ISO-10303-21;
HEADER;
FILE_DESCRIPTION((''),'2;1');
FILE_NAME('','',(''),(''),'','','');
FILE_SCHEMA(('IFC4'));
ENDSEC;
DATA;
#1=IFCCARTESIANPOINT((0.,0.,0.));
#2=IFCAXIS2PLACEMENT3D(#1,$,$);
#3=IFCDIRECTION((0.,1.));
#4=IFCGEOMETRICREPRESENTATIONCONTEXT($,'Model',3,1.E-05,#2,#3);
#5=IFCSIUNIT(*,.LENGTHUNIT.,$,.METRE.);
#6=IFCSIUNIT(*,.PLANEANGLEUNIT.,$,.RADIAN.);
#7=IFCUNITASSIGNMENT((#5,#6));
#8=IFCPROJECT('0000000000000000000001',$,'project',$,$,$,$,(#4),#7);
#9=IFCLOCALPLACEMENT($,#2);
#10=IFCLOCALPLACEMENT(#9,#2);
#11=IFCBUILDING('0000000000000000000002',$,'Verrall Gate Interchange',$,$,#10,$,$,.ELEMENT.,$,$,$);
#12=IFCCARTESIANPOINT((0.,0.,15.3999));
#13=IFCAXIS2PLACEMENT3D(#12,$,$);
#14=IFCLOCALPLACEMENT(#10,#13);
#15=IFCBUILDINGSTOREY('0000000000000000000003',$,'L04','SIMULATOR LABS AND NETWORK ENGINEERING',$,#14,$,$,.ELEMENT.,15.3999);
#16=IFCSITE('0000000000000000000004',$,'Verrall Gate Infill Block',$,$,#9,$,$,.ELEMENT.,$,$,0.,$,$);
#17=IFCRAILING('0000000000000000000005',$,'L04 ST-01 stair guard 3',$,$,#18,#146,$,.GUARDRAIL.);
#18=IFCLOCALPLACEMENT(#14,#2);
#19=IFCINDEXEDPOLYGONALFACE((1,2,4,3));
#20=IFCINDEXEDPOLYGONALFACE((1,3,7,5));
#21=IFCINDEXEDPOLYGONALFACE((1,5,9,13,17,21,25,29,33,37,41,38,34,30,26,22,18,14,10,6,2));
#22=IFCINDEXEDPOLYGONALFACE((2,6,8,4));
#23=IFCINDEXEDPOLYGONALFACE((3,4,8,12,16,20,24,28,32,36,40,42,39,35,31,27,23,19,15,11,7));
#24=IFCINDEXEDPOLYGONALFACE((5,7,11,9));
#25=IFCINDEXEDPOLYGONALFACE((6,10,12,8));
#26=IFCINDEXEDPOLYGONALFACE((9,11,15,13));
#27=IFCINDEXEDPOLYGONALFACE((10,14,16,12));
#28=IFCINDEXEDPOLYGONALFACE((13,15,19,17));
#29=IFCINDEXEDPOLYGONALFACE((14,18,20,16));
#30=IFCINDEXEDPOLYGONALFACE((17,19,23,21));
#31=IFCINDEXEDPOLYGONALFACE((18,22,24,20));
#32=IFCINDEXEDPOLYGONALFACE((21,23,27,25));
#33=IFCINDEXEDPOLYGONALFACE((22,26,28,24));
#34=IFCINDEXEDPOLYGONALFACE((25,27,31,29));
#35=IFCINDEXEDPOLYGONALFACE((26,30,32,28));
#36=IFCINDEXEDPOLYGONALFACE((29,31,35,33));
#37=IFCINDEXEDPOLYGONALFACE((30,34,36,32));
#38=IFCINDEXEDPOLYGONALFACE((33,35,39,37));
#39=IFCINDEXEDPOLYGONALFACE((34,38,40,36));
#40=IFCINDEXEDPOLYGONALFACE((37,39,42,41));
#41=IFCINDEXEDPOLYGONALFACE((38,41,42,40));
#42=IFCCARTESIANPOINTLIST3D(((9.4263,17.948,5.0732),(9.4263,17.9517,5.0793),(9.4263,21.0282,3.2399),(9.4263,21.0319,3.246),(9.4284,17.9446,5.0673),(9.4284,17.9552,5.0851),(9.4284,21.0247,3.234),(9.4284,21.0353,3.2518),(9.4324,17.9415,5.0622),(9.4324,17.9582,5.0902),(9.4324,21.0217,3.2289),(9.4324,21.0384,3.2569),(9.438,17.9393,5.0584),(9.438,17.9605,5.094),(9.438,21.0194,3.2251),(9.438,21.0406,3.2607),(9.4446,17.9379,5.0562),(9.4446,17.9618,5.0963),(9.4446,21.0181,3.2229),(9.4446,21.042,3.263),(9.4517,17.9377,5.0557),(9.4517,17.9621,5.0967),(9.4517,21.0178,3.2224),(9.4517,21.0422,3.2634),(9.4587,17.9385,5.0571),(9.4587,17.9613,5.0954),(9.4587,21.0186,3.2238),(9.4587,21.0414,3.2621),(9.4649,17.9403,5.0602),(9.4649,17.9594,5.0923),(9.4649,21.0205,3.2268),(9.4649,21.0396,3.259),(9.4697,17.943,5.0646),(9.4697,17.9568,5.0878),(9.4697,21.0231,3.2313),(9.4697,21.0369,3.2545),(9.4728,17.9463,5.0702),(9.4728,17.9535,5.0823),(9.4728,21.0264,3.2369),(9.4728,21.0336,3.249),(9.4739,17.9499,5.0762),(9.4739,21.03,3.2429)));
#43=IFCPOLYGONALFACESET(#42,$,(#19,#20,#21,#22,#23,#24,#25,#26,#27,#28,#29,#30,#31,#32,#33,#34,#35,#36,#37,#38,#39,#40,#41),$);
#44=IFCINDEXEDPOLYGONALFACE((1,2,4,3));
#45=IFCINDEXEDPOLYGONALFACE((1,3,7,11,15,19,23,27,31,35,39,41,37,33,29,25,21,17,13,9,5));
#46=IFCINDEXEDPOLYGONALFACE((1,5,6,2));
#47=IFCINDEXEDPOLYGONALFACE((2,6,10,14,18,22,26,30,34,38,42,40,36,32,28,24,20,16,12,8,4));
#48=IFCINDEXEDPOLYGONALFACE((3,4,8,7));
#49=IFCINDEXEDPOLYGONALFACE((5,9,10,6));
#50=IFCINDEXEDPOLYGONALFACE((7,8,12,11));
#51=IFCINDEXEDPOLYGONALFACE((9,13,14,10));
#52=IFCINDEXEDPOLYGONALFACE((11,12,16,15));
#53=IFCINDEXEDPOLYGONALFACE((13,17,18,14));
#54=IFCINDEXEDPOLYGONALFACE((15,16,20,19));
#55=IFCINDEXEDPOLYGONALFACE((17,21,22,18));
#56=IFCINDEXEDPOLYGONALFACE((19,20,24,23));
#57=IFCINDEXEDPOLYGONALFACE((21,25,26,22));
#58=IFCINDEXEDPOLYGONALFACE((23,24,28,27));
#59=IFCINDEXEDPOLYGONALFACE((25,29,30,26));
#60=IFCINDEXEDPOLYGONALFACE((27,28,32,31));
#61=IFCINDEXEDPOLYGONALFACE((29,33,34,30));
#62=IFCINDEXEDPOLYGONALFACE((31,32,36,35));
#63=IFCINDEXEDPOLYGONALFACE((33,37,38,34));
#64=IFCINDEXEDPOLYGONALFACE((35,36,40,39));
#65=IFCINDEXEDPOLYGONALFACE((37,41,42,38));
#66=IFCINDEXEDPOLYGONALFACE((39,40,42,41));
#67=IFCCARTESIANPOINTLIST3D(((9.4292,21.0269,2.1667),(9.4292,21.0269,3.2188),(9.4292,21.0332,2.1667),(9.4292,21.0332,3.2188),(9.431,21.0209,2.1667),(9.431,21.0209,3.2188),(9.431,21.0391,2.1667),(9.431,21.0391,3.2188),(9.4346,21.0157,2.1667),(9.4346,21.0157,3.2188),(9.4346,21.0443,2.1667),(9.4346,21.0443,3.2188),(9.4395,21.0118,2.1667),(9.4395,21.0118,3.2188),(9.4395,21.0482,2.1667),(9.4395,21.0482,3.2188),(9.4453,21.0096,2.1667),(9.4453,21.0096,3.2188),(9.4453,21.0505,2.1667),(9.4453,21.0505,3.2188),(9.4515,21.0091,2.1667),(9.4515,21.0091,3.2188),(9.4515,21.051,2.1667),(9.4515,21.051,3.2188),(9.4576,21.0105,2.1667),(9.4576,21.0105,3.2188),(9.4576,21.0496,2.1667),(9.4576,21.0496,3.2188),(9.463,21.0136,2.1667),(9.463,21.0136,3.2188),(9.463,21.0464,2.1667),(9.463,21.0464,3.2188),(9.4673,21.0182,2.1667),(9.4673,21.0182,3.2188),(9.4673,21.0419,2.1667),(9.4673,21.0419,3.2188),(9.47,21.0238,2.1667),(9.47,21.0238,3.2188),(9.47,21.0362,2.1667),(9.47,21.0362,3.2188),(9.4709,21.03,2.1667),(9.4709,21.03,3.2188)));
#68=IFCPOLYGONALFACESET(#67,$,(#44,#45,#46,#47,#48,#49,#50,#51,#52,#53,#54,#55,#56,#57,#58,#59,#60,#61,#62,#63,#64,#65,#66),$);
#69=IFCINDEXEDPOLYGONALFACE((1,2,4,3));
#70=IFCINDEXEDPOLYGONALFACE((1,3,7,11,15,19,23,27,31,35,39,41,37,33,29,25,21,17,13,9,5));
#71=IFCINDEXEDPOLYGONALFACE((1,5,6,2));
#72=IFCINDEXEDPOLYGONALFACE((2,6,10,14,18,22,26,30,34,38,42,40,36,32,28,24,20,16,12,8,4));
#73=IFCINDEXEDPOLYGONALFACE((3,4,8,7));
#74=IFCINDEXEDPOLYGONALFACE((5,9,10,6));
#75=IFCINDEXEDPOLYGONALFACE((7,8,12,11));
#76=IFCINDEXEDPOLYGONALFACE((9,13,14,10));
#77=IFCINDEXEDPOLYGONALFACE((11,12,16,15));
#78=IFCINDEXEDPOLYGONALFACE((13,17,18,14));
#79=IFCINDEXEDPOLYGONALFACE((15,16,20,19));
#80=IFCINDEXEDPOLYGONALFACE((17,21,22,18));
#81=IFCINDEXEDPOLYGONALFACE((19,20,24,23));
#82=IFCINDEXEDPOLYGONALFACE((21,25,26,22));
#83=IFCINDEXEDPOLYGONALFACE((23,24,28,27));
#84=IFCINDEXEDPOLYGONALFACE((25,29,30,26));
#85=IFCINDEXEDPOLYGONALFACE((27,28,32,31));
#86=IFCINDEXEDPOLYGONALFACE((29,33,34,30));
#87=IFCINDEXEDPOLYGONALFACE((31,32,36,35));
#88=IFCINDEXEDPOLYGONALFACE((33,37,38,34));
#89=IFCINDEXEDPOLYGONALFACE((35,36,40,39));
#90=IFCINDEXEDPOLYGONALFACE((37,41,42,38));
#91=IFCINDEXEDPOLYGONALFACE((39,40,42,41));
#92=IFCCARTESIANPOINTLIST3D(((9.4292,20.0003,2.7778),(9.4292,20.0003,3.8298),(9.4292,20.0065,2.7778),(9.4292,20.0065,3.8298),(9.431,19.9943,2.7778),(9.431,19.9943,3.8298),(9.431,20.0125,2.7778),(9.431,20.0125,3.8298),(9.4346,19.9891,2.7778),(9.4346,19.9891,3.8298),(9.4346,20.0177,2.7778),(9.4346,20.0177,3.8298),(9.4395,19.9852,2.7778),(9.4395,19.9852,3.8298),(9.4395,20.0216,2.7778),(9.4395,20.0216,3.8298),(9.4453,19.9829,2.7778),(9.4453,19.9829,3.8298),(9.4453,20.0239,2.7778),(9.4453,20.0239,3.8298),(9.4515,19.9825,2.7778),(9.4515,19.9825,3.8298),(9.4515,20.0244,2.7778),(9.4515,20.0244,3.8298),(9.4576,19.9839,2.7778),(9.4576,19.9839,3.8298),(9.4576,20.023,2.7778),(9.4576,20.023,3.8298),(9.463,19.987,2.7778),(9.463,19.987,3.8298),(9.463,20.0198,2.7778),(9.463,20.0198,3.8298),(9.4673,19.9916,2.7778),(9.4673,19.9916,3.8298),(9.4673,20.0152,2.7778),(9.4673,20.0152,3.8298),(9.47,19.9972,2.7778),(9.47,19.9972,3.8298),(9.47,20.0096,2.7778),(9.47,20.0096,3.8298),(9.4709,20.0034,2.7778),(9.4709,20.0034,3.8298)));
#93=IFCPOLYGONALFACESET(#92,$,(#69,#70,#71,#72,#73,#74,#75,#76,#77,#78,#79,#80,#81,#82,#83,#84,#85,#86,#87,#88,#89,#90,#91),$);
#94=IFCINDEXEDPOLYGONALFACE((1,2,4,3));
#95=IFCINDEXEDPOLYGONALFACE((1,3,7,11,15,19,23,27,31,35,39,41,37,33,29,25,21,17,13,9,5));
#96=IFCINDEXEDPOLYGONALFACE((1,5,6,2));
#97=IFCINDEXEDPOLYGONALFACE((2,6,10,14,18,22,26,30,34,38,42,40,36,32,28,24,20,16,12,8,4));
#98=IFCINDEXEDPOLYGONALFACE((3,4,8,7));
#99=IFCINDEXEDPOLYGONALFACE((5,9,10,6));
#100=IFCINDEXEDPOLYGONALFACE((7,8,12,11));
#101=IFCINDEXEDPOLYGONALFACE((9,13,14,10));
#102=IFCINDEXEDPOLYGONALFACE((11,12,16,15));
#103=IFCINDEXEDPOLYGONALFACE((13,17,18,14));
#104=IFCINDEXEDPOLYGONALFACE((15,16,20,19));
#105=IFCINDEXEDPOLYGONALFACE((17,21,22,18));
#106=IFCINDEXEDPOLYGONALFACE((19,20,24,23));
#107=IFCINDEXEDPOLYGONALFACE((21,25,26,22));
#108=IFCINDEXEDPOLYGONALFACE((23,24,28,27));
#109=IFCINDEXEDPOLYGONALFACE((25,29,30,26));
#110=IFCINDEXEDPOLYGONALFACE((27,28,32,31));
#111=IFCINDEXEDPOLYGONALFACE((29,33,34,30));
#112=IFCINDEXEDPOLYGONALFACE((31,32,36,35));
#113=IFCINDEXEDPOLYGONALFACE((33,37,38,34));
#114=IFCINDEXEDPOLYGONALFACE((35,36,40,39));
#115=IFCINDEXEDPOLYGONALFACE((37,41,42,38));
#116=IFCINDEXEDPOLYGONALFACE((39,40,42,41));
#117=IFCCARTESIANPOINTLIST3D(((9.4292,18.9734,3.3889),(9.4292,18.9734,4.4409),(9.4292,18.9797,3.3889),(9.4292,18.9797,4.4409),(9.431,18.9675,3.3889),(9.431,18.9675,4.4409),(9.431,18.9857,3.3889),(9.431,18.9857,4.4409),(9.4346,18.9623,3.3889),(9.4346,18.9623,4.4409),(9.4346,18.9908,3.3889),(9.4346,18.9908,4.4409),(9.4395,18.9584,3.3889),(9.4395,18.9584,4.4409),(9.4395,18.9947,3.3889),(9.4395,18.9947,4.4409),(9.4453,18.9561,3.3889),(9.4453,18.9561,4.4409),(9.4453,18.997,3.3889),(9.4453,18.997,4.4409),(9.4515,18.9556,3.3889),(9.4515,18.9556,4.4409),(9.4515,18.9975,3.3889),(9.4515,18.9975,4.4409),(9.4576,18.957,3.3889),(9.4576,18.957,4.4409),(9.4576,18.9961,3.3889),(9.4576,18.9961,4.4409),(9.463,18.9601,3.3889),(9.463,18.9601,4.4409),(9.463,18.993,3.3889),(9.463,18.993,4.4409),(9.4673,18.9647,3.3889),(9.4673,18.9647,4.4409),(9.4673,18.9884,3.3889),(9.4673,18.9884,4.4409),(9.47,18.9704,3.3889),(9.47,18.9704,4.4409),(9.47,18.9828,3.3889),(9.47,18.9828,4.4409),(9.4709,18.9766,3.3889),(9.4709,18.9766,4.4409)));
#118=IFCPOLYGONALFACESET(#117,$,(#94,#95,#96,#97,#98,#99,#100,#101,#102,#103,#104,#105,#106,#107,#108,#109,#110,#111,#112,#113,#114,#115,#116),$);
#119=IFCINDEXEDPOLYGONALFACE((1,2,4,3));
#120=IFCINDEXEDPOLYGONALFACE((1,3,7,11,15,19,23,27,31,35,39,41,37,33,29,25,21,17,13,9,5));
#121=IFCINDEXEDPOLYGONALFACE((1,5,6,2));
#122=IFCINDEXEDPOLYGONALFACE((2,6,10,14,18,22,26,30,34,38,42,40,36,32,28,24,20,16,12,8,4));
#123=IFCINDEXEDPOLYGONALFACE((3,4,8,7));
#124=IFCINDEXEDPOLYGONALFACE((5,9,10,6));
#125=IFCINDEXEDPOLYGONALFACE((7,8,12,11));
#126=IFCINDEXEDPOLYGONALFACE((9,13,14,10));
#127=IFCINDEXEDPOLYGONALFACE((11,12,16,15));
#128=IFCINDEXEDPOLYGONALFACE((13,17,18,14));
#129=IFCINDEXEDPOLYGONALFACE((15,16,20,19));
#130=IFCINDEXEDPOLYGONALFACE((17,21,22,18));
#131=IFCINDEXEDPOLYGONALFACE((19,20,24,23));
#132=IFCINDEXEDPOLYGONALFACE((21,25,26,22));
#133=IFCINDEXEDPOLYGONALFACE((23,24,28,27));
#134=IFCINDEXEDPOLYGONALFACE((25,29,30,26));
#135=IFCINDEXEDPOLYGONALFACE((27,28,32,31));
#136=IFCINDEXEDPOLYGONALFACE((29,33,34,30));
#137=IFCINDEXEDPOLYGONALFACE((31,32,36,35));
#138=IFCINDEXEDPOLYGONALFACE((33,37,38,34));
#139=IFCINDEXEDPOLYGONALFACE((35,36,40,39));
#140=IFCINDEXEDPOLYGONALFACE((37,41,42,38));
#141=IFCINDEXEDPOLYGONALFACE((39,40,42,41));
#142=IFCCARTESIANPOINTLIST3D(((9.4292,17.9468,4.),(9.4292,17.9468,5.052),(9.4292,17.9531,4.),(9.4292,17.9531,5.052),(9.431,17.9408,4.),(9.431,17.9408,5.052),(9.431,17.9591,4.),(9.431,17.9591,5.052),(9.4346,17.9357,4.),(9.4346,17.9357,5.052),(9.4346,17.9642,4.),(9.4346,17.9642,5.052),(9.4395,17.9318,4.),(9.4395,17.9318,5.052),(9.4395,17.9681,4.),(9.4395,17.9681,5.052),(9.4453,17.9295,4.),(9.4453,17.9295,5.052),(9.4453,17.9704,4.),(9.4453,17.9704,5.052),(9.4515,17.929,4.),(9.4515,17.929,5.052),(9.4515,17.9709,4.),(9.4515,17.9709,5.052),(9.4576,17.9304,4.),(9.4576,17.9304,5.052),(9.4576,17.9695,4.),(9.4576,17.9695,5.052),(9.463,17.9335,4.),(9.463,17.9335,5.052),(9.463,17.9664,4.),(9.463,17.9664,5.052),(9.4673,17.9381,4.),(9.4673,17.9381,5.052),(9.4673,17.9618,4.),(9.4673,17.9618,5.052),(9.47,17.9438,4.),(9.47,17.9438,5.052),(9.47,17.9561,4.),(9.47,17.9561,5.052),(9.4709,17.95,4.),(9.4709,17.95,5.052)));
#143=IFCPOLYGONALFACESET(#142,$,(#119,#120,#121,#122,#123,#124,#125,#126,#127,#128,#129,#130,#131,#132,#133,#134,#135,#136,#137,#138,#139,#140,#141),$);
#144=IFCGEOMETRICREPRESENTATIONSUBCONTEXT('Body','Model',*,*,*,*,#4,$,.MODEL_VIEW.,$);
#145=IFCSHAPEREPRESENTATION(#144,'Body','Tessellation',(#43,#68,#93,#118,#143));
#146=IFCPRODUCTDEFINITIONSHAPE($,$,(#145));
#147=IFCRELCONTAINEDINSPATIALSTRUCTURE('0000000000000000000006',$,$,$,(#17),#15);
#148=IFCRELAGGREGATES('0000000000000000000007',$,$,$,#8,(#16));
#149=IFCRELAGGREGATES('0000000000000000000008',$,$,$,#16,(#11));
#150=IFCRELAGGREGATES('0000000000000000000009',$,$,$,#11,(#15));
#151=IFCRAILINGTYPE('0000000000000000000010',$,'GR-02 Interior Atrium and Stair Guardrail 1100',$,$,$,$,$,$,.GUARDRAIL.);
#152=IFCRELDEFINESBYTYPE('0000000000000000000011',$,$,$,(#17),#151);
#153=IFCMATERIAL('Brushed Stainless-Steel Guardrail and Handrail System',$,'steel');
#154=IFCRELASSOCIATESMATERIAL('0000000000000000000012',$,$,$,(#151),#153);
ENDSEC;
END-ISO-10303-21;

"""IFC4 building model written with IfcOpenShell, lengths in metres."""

from ifc_helpers import new_model, si_unit, direction, frame, origin, origin_2d, place, context, subcontext, project, spatial, circle, extrude, material, type_object, element, save


model = new_model("IFC4")

# Units and contexts
model_context = context("Model", 3, precision=1e-05, world=origin(), true_north=direction((0.0, 1.0)))
body_context = subcontext(model_context, "Body", "Model", "MODEL_VIEW")
ifc_project = project(units=[si_unit("LENGTHUNIT", "METRE"), si_unit("PLANEANGLEUNIT", "RADIAN")], contexts=[model_context])

# Site, building, storey
site_placement = place(None, origin())
site = spatial("IfcSite", under=ifc_project, at=site_placement, Name="Verrall Gate Infill Block", CompositionType="ELEMENT", RefElevation=0.0)
building_placement = place(site_placement, origin())
building = spatial("IfcBuilding", under=site, at=building_placement, Name="Verrall Gate Interchange", CompositionType="ELEMENT")
storey_placement = place(building_placement, frame((0.0, 0.0, 15.3999)))
storey = spatial("IfcBuildingStorey", under=building, at=storey_placement, Name="L04", Description="SIMULATOR LABS AND NETWORK ENGINEERING", CompositionType="ELEMENT", Elevation=15.3999)

# Railing
ifc_material_1 = material(Name="Brushed Stainless-Steel Guardrail and Handrail System", Category="steel")
railing_type_1 = type_object("IfcRailingType", Name="GR-02 Interior Atrium and Stair Guardrail 1100", PredefinedType="GUARDRAIL", material=ifc_material_1)
railing_1_placement = place(storey_placement, frame((9.45, 21.03, 2.1667)))
element("IfcRailing", 1, at=railing_1_placement, inside=storey, type_object=railing_type_1, Name="L04 ST-01 stair guard 3", PredefinedType="GUARDRAIL", context=body_context, shape_type="SweptSolid", body=[
    extrude(circle(Radius=0.0239, at=origin_2d()), frame((0.0, 0.0, 1.0762), z_axis=(0.0, -0.859309, 0.511458), x_axis=(1.0, 0.0, 0.0)), (0.0, 0.0, 1.0), 3.5845),
    extrude(circle(Radius=0.021, at=origin_2d()), origin(), (0.0, 0.0, 1.0), 1.052),
    extrude(circle(Radius=0.021, at=origin_2d()), frame((0.0, -1.0266, 0.6111)), (0.0, 0.0, 1.0), 1.052),
    extrude(circle(Radius=0.021, at=origin_2d()), frame((0.0, -2.0535, 1.2222)), (0.0, 0.0, 1.0), 1.052),
    extrude(circle(Radius=0.021, at=origin_2d()), frame((0.0, -3.0801, 1.8333)), (0.0, 0.0, 1.0), 1.052),
])

save(model, "model.ifc")
